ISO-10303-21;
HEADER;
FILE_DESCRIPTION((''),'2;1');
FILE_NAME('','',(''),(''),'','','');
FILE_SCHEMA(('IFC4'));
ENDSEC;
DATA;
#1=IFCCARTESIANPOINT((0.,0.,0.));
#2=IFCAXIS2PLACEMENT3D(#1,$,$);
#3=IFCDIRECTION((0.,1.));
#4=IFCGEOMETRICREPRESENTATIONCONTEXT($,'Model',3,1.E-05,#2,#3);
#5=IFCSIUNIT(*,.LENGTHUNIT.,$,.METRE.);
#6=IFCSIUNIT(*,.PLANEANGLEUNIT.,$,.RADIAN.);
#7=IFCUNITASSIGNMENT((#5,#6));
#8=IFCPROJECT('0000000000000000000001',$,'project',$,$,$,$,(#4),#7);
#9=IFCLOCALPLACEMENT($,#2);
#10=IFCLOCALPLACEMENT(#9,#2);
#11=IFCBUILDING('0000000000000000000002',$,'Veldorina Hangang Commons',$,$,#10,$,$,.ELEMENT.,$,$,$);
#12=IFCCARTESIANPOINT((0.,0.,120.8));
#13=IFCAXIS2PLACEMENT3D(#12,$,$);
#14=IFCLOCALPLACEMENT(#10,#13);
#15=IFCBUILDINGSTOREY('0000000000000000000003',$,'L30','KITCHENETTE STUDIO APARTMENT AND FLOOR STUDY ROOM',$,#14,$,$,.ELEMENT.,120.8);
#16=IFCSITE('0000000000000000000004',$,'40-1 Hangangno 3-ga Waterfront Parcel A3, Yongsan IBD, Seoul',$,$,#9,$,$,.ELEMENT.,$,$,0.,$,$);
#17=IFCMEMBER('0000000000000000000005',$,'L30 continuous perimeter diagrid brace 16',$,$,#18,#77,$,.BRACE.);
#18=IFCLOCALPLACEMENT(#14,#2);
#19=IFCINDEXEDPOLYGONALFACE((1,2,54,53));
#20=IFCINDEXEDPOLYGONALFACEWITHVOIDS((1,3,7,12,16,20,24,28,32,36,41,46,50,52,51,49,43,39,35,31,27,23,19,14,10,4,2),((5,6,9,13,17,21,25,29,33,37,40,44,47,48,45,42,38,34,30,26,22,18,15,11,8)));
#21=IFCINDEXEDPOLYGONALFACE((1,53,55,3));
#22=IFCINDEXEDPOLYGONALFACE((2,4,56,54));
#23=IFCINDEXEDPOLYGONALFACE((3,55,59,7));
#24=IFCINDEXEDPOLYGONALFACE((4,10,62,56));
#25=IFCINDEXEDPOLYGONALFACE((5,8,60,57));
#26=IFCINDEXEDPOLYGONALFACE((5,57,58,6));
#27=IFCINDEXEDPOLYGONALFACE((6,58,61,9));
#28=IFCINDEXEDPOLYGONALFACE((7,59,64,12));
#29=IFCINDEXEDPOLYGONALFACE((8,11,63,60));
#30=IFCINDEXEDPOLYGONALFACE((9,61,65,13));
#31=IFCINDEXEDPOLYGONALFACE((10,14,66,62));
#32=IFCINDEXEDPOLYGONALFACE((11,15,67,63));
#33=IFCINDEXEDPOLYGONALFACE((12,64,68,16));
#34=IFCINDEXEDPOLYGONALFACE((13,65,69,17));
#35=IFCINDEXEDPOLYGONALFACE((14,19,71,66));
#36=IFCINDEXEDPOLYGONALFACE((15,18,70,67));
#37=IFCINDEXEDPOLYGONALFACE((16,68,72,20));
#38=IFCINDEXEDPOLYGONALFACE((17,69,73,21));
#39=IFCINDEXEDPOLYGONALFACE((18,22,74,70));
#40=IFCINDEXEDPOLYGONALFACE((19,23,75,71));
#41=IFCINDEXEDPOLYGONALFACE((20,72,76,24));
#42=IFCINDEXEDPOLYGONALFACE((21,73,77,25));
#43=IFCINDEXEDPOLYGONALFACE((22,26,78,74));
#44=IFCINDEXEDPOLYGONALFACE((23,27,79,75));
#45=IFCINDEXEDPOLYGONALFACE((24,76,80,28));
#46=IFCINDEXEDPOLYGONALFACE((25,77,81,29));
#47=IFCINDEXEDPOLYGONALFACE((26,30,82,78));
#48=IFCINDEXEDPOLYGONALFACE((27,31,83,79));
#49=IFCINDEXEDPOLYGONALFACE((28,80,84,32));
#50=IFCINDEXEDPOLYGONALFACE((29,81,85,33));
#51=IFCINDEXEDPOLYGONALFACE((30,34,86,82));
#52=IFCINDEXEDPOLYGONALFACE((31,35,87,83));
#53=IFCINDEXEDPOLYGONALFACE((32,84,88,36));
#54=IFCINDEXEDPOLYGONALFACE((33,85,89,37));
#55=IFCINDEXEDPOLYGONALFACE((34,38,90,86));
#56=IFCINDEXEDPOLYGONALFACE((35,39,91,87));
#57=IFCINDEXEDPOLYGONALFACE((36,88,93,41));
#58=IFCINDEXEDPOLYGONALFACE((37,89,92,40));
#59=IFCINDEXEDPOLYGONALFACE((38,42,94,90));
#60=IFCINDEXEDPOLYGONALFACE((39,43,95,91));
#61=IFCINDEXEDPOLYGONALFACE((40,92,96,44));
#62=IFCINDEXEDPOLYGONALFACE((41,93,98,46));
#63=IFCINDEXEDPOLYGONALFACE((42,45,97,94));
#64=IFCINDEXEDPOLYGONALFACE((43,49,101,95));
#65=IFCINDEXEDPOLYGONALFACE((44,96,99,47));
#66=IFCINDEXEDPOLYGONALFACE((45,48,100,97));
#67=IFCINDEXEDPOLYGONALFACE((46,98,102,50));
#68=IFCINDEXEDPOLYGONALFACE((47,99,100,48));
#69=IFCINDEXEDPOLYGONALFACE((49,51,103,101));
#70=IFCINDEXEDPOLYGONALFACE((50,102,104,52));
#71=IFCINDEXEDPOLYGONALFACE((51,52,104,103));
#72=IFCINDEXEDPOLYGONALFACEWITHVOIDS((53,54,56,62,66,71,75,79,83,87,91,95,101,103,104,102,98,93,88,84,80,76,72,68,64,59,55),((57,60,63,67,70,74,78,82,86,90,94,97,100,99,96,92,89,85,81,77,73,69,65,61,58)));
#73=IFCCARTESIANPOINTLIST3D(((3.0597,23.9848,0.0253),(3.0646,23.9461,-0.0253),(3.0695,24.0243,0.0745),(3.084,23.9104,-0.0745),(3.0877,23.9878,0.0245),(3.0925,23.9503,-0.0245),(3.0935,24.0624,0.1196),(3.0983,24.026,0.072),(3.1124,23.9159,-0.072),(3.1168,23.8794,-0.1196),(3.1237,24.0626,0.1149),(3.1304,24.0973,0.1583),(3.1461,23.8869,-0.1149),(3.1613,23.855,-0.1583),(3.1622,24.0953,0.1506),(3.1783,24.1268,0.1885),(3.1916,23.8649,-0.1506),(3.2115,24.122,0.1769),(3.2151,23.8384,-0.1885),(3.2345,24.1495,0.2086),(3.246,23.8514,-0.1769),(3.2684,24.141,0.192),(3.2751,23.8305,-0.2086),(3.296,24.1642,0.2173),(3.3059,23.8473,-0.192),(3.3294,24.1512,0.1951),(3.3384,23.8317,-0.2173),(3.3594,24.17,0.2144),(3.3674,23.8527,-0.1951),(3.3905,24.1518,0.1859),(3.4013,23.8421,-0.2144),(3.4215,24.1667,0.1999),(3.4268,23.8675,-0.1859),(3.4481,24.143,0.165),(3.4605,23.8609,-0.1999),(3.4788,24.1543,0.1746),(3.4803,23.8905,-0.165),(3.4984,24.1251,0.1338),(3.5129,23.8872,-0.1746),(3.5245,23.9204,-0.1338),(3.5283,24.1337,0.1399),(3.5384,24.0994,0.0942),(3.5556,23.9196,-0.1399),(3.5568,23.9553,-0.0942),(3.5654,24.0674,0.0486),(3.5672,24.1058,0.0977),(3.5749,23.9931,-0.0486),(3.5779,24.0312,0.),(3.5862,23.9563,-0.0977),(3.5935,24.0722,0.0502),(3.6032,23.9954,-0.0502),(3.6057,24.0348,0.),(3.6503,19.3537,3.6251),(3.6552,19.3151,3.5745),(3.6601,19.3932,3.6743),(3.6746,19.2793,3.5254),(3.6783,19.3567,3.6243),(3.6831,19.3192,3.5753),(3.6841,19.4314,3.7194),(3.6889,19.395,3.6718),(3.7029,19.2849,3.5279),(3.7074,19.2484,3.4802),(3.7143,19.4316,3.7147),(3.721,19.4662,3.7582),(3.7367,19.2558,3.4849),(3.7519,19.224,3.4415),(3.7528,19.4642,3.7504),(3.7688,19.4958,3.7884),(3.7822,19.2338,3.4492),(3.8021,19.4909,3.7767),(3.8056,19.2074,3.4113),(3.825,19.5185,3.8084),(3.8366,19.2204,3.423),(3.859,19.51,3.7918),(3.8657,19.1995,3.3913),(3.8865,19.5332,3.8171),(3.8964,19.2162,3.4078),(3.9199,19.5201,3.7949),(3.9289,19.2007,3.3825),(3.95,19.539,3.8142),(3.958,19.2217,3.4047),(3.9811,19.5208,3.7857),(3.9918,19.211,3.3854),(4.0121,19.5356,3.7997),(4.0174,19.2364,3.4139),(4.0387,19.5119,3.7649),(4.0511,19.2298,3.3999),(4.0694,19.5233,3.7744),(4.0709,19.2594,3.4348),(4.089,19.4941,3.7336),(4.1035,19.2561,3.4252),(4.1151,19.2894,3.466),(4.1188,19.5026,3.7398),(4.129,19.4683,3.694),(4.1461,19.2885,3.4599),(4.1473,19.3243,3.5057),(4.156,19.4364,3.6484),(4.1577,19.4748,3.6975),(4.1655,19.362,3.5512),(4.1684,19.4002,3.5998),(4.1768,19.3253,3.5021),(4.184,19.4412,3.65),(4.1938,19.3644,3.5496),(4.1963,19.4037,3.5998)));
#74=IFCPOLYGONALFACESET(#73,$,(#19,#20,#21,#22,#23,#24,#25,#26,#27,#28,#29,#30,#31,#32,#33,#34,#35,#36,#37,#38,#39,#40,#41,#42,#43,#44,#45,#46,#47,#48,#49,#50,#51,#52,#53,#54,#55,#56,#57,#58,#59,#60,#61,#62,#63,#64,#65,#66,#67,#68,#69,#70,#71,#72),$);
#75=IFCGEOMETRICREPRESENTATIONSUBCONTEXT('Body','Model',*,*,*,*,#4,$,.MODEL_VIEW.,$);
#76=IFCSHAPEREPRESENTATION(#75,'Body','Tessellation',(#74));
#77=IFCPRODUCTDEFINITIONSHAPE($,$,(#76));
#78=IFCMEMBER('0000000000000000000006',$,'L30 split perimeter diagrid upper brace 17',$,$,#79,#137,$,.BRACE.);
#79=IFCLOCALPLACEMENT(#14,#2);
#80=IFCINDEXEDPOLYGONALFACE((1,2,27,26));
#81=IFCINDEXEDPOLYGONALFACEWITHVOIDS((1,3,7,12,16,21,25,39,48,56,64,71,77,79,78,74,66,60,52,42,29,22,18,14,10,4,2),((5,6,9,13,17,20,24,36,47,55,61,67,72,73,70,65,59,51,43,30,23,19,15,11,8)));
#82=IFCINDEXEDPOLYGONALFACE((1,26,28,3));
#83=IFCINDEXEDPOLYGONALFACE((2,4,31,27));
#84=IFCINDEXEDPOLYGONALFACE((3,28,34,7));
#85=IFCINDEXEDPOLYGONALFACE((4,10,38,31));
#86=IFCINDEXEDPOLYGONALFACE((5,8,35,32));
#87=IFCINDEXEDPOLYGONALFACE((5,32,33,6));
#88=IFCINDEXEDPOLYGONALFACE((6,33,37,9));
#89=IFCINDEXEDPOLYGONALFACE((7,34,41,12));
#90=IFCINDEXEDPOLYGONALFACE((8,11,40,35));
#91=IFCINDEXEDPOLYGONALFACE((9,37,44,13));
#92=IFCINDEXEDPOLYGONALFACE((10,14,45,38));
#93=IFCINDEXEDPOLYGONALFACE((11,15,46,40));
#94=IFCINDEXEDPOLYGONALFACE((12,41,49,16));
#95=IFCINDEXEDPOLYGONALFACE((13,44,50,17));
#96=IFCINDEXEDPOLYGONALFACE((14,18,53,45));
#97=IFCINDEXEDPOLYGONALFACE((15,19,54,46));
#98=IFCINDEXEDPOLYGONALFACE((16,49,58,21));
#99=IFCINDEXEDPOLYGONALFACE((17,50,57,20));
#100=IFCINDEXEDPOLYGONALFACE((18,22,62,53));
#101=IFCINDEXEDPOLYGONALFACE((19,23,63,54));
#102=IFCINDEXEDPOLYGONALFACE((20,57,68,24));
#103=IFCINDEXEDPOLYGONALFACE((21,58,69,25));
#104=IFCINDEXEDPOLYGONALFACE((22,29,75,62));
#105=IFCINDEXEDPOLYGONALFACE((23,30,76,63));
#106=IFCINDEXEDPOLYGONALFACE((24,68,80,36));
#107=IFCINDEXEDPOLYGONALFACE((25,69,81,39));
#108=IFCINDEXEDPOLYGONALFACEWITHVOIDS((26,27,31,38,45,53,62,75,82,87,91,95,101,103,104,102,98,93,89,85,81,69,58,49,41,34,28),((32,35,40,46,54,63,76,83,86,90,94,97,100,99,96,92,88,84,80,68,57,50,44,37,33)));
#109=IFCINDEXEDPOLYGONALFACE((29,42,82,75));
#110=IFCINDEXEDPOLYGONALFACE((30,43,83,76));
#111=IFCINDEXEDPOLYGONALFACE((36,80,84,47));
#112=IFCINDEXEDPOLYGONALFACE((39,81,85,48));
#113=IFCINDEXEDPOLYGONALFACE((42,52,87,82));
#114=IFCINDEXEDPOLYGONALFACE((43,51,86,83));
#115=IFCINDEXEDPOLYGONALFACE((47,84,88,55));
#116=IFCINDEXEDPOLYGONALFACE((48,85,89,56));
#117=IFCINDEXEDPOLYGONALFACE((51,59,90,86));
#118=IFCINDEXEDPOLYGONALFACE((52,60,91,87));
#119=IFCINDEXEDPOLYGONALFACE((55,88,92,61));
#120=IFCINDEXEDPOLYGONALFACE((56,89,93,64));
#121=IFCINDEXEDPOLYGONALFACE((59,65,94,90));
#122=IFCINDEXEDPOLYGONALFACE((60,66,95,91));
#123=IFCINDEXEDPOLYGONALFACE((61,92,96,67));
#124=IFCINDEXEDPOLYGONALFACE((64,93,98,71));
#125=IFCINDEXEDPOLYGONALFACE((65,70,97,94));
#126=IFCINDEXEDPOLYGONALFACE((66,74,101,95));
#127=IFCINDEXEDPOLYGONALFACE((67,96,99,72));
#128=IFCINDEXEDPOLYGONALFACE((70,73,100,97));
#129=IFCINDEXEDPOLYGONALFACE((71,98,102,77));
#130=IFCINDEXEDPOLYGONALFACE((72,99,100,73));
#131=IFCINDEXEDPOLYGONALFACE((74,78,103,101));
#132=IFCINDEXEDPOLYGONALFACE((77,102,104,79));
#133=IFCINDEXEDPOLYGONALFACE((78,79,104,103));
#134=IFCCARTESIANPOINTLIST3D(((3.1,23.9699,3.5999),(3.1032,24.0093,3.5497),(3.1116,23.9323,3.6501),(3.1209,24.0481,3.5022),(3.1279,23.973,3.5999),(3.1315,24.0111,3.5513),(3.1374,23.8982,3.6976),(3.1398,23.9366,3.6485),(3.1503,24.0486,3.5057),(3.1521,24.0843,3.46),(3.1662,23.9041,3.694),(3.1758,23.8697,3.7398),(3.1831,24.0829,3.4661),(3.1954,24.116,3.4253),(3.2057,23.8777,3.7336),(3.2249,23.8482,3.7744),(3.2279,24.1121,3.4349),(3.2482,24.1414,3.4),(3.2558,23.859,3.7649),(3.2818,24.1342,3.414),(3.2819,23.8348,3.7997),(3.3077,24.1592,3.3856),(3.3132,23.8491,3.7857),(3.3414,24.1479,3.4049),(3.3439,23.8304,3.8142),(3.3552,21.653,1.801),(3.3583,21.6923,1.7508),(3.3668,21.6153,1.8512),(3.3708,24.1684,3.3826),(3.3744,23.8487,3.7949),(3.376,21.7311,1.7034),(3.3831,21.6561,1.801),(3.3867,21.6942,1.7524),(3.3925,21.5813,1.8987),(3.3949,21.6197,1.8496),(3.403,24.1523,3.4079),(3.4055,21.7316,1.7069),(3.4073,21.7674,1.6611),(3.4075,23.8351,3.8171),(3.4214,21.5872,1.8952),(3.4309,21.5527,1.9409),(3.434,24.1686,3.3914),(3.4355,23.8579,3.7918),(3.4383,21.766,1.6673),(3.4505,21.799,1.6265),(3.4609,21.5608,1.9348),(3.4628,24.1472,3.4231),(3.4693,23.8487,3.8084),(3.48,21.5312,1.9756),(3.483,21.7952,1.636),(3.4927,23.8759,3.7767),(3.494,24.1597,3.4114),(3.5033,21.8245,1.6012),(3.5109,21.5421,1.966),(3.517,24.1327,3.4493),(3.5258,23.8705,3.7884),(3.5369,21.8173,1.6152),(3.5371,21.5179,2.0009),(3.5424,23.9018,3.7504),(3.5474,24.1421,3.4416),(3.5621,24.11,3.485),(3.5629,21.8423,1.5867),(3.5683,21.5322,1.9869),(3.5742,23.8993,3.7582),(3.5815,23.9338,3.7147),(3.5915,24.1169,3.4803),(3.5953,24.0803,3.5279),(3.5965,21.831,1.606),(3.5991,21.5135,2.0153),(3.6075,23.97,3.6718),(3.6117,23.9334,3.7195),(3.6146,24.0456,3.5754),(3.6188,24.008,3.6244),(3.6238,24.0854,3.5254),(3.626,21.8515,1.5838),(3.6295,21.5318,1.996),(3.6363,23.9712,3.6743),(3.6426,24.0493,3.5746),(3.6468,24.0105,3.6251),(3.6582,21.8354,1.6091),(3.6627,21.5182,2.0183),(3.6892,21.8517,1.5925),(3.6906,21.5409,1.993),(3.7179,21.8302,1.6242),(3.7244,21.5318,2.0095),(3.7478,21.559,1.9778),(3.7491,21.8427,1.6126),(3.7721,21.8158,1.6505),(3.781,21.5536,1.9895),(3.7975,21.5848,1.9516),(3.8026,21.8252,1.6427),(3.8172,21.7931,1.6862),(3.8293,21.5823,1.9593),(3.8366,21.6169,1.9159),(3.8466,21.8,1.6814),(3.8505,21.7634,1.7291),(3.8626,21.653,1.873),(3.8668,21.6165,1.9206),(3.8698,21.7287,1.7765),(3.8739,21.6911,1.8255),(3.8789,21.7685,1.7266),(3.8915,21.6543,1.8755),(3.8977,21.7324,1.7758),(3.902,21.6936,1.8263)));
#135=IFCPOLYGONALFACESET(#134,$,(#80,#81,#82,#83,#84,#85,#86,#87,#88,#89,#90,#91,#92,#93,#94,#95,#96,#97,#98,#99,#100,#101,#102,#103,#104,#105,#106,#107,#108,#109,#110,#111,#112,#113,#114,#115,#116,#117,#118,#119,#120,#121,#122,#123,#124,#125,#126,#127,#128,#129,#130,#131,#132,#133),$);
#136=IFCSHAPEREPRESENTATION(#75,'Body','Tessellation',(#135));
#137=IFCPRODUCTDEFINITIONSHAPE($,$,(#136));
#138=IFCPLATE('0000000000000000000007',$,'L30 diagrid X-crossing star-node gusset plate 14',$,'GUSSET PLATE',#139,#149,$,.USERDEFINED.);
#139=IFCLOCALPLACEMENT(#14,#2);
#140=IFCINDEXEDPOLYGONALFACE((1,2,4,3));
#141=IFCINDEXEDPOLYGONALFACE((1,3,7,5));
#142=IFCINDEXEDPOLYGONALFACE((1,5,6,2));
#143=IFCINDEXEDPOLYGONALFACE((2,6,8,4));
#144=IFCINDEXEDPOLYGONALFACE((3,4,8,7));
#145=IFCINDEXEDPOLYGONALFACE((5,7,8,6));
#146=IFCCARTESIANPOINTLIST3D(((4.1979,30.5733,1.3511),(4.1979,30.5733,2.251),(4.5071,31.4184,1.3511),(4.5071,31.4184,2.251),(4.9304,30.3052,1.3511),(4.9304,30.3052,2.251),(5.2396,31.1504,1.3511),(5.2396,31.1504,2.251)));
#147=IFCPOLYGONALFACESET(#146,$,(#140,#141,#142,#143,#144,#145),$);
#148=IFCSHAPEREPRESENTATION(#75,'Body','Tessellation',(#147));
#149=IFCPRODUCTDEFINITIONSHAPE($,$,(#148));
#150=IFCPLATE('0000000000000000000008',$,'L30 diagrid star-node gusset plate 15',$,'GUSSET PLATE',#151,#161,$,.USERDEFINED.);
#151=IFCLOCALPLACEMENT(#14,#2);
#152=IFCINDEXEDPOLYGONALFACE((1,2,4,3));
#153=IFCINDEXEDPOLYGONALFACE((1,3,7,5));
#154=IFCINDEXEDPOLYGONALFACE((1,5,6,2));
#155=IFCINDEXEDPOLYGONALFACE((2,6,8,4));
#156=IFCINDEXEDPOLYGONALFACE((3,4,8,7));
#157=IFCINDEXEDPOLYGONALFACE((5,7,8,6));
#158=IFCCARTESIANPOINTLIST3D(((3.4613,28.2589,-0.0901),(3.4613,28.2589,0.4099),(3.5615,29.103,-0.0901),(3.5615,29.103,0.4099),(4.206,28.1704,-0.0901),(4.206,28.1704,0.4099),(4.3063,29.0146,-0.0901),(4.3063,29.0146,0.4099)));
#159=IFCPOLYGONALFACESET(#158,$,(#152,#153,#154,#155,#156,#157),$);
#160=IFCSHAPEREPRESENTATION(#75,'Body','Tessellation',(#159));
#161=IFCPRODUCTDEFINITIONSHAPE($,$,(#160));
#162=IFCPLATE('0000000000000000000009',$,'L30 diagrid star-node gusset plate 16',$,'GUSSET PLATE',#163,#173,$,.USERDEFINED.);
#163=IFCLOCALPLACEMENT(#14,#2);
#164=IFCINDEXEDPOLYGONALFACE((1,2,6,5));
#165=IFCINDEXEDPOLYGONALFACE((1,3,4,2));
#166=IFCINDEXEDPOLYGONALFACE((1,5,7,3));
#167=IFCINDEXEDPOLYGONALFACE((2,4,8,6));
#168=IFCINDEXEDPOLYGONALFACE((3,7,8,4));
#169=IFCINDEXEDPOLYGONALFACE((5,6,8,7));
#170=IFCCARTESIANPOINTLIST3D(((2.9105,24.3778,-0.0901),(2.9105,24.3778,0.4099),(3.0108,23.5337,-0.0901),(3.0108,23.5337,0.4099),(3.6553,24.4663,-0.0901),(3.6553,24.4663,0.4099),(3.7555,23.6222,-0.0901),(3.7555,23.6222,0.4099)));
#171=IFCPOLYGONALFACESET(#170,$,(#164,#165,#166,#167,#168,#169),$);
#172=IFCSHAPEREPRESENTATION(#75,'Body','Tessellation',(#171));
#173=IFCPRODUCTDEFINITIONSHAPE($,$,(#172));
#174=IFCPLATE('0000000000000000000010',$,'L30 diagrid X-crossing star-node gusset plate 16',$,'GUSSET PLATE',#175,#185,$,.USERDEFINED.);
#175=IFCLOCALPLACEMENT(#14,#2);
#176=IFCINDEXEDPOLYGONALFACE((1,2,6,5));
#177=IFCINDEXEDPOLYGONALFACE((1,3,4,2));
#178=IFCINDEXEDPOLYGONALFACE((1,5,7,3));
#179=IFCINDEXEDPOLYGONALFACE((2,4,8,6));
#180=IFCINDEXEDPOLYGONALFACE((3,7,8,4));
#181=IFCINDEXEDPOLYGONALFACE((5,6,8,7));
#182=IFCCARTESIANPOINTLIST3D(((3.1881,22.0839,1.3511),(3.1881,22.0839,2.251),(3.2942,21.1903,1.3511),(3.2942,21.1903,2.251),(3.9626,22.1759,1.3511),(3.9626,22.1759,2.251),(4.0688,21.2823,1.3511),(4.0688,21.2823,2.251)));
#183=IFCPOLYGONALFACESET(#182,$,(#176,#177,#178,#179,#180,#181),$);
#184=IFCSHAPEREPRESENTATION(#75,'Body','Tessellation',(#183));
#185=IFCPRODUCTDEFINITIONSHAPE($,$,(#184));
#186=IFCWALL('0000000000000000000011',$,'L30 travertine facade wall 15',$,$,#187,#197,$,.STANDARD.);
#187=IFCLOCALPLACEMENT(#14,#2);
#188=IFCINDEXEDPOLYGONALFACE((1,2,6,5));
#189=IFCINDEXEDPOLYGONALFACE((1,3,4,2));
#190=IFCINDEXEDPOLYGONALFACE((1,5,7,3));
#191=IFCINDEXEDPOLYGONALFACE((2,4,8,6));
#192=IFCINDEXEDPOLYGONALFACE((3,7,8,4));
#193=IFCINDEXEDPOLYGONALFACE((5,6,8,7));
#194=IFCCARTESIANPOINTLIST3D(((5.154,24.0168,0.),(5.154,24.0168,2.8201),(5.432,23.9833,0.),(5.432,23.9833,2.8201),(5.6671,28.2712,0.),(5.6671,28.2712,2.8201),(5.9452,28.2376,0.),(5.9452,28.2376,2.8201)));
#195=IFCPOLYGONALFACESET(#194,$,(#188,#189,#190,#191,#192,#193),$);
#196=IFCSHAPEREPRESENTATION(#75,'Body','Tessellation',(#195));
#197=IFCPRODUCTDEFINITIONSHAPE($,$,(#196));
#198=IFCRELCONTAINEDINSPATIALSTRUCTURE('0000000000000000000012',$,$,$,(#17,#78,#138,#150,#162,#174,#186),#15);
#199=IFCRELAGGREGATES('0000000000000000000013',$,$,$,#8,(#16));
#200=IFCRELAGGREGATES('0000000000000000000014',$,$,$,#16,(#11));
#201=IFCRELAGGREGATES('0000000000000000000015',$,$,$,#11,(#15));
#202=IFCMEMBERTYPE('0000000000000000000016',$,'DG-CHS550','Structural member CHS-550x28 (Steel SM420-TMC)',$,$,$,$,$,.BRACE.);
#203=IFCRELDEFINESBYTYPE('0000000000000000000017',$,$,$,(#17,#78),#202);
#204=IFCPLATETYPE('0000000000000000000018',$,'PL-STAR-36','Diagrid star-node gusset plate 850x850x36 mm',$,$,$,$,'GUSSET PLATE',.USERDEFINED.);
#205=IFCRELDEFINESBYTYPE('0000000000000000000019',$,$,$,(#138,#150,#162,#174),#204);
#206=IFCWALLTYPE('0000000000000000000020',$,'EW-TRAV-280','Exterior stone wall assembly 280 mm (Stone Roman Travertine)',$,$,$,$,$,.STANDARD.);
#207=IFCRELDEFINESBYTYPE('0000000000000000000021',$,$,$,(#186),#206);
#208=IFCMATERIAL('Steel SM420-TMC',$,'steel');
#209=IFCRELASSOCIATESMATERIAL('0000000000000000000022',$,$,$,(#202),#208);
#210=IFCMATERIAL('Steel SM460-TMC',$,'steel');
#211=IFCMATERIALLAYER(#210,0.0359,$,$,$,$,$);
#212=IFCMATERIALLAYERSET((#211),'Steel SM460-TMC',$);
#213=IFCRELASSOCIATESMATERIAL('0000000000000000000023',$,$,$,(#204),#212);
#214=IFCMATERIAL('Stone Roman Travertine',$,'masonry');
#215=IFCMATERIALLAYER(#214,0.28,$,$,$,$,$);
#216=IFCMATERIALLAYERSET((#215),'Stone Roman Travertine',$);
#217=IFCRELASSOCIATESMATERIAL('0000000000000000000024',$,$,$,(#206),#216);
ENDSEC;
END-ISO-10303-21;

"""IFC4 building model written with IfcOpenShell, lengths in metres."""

from ifc_helpers import new_model, si_unit, direction, frame, frame_2d, origin, origin_2d, place, context, subcontext, project, spatial, rectangle, hollow_circle, extrude, material, layer, layer_set, material_profile, profile_set, type_object, element, save


model = new_model("IFC4")

# Units and contexts
model_context = context("Model", 3, precision=1e-05, world=origin(), true_north=direction((0.0, 1.0)))
body_context = subcontext(model_context, "Body", "Model", "MODEL_VIEW")
ifc_project = project(units=[si_unit("LENGTHUNIT", "METRE"), si_unit("PLANEANGLEUNIT", "RADIAN")], contexts=[model_context])

# Site, building, storey
site_placement = place(None, origin())
site = spatial("IfcSite", under=ifc_project, at=site_placement, Name="40-1 Hangangno 3-ga Waterfront Parcel A3, Yongsan IBD, Seoul", CompositionType="ELEMENT", RefElevation=0.0)
building_placement = place(site_placement, origin())
building = spatial("IfcBuilding", under=site, at=building_placement, Name="Veldorina Hangang Commons", CompositionType="ELEMENT")
storey_placement = place(building_placement, frame((0.0, 0.0, 120.8)))
storey = spatial("IfcBuildingStorey", under=building, at=storey_placement, Name="L30", Description="KITCHENETTE STUDIO APARTMENT AND FLOOR STUDY ROOM", CompositionType="ELEMENT", Elevation=120.8)

# Shared definitions
ifc_material_1 = material(Name="Steel SM420-TMC", Category="steel")

# Members
ifc_material_profile_1 = material_profile(ifc_material_1, hollow_circle(Radius=0.2749, WallThickness=0.0281, at=origin_2d()), Name="CHS-550x28")
ifc_profile_set_1 = profile_set([ifc_material_profile_1], Name="Steel SM420-TMC")
member_type = type_object("IfcMemberType", Name="DG-CHS550", Description="Structural member CHS-550x28 (Steel SM420-TMC)", PredefinedType="BRACE", material=ifc_profile_set_1)
member_1_placement = place(storey_placement, frame((3.333, 24.0, 0.0), z_axis=(0.100177, -0.785555, 0.610629), x_axis=(0.991967, 0.126499, 0.0)))
element("IfcMember", 1, at=member_1_placement, inside=storey, type_object=member_type, Name="L30 continuous perimeter diagrid brace 16", PredefinedType="BRACE", context=body_context, shape_type="SweptSolid", body=[
    extrude(hollow_circle(Radius=0.2749, WallThickness=0.0281, at=origin_2d()), origin(), (0.0, 0.0, 1.0), 5.8953),
])
member_2_placement = place(storey_placement, frame((3.6284, 21.6831, 1.801), z_axis=(-0.086651, 0.78691, 0.610954), x_axis=(-0.993992, -0.109454, 0.0)))
element("IfcMember", 2, at=member_2_placement, inside=storey, type_object=member_type, Name="L30 split perimeter diagrid upper brace 17", PredefinedType="BRACE", context=body_context, shape_type="SweptSolid", body=[
    extrude(hollow_circle(Radius=0.2749, WallThickness=0.0281, at=origin_2d()), origin(), (0.0, 0.0, 1.0), 2.9443),
])

# Plates
ifc_material_2 = material(Name="Steel SM460-TMC", Category="steel")
ifc_layer_1 = layer(ifc_material_2, 0.0359)
ifc_layer_set_1 = layer_set([ifc_layer_1], Name="Steel SM460-TMC")
plate_type = type_object("IfcPlateType", Name="PL-STAR-36", Description="Diagrid star-node gusset plate 850x850x36 mm", ElementType="GUSSET PLATE", PredefinedType="USERDEFINED", material=ifc_layer_set_1)
plate_1_placement = place(storey_placement, frame((4.7188, 30.8618, 1.3511), z_axis=(0.0, 0.0, 1.0), x_axis=(-0.343611, -0.939112, 0.0)))
element("IfcPlate", 3, at=plate_1_placement, inside=storey, type_object=plate_type, Name="L30 diagrid X-crossing star-node gusset plate 14", ObjectType="GUSSET PLATE", PredefinedType="USERDEFINED", context=body_context, shape_type="SweptSolid", body=[
    extrude(rectangle(XDim=0.8999, YDim=0.78, at=origin_2d()), origin(), (0.0, 0.0, 1.0), 0.8999),
])
for number, where, z_axis, x_axis, name in (
    (4, (3.8838, 28.6367, -0.0901), (0.0, 0.0, 1.0), (-0.117953, -0.993019, 0.0), "L30 diagrid star-node gusset plate 15"),
    (5, (3.333, 24.0, -0.0901), (0.0, 0.0, 1.0), (0.117953, -0.993019, 0.0), "L30 diagrid star-node gusset plate 16"),
):
    element("IfcPlate", number, at=place(storey_placement, frame(where, z_axis=z_axis, x_axis=x_axis)), inside=storey, type_object=plate_type, Name=name, ObjectType="GUSSET PLATE", PredefinedType="USERDEFINED", context=body_context, shape_type="SweptSolid", body=[
        extrude(rectangle(XDim=0.8501, YDim=0.75, at=origin_2d()), origin(), (0.0, 0.0, 1.0), 0.5),
    ])
plate_2_placement = place(storey_placement, frame((3.6284, 21.6831, 1.3511), z_axis=(0.0, 0.0, 1.0), x_axis=(0.117953, -0.993019, 0.0)))
element("IfcPlate", 6, at=plate_2_placement, inside=storey, type_object=plate_type, Name="L30 diagrid X-crossing star-node gusset plate 16", ObjectType="GUSSET PLATE", PredefinedType="USERDEFINED", context=body_context, shape_type="SweptSolid", body=[
    extrude(rectangle(XDim=0.8999, YDim=0.78, at=origin_2d()), origin(), (0.0, 0.0, 1.0), 0.8999),
])

# Wall
ifc_material_3 = material(Name="Stone Roman Travertine", Category="masonry")
ifc_layer_2 = layer(ifc_material_3, 0.28)
ifc_layer_set_2 = layer_set([ifc_layer_2], Name="Stone Roman Travertine")
wall_type_1 = type_object("IfcWallType", Name="EW-TRAV-280", Description="Exterior stone wall assembly 280 mm (Stone Roman Travertine)", PredefinedType="STANDARD", material=ifc_layer_set_2)
wall_1_placement = place(storey_placement, frame((5.8062, 28.2544, 0.0), z_axis=(0.0, 0.0, 1.0), x_axis=(-0.119756, -0.992803, 0.0)))
element("IfcWall", 7, at=wall_1_placement, inside=storey, type_object=wall_type_1, Name="L30 travertine facade wall 15", PredefinedType="STANDARD", context=body_context, shape_type="SweptSolid", body=[
    extrude(rectangle(XDim=4.2852, YDim=0.28, at=frame_2d((2.1426, 0.0))), origin(), (0.0, 0.0, 1.0), 2.8201),
])

save(model, "model.ifc")
